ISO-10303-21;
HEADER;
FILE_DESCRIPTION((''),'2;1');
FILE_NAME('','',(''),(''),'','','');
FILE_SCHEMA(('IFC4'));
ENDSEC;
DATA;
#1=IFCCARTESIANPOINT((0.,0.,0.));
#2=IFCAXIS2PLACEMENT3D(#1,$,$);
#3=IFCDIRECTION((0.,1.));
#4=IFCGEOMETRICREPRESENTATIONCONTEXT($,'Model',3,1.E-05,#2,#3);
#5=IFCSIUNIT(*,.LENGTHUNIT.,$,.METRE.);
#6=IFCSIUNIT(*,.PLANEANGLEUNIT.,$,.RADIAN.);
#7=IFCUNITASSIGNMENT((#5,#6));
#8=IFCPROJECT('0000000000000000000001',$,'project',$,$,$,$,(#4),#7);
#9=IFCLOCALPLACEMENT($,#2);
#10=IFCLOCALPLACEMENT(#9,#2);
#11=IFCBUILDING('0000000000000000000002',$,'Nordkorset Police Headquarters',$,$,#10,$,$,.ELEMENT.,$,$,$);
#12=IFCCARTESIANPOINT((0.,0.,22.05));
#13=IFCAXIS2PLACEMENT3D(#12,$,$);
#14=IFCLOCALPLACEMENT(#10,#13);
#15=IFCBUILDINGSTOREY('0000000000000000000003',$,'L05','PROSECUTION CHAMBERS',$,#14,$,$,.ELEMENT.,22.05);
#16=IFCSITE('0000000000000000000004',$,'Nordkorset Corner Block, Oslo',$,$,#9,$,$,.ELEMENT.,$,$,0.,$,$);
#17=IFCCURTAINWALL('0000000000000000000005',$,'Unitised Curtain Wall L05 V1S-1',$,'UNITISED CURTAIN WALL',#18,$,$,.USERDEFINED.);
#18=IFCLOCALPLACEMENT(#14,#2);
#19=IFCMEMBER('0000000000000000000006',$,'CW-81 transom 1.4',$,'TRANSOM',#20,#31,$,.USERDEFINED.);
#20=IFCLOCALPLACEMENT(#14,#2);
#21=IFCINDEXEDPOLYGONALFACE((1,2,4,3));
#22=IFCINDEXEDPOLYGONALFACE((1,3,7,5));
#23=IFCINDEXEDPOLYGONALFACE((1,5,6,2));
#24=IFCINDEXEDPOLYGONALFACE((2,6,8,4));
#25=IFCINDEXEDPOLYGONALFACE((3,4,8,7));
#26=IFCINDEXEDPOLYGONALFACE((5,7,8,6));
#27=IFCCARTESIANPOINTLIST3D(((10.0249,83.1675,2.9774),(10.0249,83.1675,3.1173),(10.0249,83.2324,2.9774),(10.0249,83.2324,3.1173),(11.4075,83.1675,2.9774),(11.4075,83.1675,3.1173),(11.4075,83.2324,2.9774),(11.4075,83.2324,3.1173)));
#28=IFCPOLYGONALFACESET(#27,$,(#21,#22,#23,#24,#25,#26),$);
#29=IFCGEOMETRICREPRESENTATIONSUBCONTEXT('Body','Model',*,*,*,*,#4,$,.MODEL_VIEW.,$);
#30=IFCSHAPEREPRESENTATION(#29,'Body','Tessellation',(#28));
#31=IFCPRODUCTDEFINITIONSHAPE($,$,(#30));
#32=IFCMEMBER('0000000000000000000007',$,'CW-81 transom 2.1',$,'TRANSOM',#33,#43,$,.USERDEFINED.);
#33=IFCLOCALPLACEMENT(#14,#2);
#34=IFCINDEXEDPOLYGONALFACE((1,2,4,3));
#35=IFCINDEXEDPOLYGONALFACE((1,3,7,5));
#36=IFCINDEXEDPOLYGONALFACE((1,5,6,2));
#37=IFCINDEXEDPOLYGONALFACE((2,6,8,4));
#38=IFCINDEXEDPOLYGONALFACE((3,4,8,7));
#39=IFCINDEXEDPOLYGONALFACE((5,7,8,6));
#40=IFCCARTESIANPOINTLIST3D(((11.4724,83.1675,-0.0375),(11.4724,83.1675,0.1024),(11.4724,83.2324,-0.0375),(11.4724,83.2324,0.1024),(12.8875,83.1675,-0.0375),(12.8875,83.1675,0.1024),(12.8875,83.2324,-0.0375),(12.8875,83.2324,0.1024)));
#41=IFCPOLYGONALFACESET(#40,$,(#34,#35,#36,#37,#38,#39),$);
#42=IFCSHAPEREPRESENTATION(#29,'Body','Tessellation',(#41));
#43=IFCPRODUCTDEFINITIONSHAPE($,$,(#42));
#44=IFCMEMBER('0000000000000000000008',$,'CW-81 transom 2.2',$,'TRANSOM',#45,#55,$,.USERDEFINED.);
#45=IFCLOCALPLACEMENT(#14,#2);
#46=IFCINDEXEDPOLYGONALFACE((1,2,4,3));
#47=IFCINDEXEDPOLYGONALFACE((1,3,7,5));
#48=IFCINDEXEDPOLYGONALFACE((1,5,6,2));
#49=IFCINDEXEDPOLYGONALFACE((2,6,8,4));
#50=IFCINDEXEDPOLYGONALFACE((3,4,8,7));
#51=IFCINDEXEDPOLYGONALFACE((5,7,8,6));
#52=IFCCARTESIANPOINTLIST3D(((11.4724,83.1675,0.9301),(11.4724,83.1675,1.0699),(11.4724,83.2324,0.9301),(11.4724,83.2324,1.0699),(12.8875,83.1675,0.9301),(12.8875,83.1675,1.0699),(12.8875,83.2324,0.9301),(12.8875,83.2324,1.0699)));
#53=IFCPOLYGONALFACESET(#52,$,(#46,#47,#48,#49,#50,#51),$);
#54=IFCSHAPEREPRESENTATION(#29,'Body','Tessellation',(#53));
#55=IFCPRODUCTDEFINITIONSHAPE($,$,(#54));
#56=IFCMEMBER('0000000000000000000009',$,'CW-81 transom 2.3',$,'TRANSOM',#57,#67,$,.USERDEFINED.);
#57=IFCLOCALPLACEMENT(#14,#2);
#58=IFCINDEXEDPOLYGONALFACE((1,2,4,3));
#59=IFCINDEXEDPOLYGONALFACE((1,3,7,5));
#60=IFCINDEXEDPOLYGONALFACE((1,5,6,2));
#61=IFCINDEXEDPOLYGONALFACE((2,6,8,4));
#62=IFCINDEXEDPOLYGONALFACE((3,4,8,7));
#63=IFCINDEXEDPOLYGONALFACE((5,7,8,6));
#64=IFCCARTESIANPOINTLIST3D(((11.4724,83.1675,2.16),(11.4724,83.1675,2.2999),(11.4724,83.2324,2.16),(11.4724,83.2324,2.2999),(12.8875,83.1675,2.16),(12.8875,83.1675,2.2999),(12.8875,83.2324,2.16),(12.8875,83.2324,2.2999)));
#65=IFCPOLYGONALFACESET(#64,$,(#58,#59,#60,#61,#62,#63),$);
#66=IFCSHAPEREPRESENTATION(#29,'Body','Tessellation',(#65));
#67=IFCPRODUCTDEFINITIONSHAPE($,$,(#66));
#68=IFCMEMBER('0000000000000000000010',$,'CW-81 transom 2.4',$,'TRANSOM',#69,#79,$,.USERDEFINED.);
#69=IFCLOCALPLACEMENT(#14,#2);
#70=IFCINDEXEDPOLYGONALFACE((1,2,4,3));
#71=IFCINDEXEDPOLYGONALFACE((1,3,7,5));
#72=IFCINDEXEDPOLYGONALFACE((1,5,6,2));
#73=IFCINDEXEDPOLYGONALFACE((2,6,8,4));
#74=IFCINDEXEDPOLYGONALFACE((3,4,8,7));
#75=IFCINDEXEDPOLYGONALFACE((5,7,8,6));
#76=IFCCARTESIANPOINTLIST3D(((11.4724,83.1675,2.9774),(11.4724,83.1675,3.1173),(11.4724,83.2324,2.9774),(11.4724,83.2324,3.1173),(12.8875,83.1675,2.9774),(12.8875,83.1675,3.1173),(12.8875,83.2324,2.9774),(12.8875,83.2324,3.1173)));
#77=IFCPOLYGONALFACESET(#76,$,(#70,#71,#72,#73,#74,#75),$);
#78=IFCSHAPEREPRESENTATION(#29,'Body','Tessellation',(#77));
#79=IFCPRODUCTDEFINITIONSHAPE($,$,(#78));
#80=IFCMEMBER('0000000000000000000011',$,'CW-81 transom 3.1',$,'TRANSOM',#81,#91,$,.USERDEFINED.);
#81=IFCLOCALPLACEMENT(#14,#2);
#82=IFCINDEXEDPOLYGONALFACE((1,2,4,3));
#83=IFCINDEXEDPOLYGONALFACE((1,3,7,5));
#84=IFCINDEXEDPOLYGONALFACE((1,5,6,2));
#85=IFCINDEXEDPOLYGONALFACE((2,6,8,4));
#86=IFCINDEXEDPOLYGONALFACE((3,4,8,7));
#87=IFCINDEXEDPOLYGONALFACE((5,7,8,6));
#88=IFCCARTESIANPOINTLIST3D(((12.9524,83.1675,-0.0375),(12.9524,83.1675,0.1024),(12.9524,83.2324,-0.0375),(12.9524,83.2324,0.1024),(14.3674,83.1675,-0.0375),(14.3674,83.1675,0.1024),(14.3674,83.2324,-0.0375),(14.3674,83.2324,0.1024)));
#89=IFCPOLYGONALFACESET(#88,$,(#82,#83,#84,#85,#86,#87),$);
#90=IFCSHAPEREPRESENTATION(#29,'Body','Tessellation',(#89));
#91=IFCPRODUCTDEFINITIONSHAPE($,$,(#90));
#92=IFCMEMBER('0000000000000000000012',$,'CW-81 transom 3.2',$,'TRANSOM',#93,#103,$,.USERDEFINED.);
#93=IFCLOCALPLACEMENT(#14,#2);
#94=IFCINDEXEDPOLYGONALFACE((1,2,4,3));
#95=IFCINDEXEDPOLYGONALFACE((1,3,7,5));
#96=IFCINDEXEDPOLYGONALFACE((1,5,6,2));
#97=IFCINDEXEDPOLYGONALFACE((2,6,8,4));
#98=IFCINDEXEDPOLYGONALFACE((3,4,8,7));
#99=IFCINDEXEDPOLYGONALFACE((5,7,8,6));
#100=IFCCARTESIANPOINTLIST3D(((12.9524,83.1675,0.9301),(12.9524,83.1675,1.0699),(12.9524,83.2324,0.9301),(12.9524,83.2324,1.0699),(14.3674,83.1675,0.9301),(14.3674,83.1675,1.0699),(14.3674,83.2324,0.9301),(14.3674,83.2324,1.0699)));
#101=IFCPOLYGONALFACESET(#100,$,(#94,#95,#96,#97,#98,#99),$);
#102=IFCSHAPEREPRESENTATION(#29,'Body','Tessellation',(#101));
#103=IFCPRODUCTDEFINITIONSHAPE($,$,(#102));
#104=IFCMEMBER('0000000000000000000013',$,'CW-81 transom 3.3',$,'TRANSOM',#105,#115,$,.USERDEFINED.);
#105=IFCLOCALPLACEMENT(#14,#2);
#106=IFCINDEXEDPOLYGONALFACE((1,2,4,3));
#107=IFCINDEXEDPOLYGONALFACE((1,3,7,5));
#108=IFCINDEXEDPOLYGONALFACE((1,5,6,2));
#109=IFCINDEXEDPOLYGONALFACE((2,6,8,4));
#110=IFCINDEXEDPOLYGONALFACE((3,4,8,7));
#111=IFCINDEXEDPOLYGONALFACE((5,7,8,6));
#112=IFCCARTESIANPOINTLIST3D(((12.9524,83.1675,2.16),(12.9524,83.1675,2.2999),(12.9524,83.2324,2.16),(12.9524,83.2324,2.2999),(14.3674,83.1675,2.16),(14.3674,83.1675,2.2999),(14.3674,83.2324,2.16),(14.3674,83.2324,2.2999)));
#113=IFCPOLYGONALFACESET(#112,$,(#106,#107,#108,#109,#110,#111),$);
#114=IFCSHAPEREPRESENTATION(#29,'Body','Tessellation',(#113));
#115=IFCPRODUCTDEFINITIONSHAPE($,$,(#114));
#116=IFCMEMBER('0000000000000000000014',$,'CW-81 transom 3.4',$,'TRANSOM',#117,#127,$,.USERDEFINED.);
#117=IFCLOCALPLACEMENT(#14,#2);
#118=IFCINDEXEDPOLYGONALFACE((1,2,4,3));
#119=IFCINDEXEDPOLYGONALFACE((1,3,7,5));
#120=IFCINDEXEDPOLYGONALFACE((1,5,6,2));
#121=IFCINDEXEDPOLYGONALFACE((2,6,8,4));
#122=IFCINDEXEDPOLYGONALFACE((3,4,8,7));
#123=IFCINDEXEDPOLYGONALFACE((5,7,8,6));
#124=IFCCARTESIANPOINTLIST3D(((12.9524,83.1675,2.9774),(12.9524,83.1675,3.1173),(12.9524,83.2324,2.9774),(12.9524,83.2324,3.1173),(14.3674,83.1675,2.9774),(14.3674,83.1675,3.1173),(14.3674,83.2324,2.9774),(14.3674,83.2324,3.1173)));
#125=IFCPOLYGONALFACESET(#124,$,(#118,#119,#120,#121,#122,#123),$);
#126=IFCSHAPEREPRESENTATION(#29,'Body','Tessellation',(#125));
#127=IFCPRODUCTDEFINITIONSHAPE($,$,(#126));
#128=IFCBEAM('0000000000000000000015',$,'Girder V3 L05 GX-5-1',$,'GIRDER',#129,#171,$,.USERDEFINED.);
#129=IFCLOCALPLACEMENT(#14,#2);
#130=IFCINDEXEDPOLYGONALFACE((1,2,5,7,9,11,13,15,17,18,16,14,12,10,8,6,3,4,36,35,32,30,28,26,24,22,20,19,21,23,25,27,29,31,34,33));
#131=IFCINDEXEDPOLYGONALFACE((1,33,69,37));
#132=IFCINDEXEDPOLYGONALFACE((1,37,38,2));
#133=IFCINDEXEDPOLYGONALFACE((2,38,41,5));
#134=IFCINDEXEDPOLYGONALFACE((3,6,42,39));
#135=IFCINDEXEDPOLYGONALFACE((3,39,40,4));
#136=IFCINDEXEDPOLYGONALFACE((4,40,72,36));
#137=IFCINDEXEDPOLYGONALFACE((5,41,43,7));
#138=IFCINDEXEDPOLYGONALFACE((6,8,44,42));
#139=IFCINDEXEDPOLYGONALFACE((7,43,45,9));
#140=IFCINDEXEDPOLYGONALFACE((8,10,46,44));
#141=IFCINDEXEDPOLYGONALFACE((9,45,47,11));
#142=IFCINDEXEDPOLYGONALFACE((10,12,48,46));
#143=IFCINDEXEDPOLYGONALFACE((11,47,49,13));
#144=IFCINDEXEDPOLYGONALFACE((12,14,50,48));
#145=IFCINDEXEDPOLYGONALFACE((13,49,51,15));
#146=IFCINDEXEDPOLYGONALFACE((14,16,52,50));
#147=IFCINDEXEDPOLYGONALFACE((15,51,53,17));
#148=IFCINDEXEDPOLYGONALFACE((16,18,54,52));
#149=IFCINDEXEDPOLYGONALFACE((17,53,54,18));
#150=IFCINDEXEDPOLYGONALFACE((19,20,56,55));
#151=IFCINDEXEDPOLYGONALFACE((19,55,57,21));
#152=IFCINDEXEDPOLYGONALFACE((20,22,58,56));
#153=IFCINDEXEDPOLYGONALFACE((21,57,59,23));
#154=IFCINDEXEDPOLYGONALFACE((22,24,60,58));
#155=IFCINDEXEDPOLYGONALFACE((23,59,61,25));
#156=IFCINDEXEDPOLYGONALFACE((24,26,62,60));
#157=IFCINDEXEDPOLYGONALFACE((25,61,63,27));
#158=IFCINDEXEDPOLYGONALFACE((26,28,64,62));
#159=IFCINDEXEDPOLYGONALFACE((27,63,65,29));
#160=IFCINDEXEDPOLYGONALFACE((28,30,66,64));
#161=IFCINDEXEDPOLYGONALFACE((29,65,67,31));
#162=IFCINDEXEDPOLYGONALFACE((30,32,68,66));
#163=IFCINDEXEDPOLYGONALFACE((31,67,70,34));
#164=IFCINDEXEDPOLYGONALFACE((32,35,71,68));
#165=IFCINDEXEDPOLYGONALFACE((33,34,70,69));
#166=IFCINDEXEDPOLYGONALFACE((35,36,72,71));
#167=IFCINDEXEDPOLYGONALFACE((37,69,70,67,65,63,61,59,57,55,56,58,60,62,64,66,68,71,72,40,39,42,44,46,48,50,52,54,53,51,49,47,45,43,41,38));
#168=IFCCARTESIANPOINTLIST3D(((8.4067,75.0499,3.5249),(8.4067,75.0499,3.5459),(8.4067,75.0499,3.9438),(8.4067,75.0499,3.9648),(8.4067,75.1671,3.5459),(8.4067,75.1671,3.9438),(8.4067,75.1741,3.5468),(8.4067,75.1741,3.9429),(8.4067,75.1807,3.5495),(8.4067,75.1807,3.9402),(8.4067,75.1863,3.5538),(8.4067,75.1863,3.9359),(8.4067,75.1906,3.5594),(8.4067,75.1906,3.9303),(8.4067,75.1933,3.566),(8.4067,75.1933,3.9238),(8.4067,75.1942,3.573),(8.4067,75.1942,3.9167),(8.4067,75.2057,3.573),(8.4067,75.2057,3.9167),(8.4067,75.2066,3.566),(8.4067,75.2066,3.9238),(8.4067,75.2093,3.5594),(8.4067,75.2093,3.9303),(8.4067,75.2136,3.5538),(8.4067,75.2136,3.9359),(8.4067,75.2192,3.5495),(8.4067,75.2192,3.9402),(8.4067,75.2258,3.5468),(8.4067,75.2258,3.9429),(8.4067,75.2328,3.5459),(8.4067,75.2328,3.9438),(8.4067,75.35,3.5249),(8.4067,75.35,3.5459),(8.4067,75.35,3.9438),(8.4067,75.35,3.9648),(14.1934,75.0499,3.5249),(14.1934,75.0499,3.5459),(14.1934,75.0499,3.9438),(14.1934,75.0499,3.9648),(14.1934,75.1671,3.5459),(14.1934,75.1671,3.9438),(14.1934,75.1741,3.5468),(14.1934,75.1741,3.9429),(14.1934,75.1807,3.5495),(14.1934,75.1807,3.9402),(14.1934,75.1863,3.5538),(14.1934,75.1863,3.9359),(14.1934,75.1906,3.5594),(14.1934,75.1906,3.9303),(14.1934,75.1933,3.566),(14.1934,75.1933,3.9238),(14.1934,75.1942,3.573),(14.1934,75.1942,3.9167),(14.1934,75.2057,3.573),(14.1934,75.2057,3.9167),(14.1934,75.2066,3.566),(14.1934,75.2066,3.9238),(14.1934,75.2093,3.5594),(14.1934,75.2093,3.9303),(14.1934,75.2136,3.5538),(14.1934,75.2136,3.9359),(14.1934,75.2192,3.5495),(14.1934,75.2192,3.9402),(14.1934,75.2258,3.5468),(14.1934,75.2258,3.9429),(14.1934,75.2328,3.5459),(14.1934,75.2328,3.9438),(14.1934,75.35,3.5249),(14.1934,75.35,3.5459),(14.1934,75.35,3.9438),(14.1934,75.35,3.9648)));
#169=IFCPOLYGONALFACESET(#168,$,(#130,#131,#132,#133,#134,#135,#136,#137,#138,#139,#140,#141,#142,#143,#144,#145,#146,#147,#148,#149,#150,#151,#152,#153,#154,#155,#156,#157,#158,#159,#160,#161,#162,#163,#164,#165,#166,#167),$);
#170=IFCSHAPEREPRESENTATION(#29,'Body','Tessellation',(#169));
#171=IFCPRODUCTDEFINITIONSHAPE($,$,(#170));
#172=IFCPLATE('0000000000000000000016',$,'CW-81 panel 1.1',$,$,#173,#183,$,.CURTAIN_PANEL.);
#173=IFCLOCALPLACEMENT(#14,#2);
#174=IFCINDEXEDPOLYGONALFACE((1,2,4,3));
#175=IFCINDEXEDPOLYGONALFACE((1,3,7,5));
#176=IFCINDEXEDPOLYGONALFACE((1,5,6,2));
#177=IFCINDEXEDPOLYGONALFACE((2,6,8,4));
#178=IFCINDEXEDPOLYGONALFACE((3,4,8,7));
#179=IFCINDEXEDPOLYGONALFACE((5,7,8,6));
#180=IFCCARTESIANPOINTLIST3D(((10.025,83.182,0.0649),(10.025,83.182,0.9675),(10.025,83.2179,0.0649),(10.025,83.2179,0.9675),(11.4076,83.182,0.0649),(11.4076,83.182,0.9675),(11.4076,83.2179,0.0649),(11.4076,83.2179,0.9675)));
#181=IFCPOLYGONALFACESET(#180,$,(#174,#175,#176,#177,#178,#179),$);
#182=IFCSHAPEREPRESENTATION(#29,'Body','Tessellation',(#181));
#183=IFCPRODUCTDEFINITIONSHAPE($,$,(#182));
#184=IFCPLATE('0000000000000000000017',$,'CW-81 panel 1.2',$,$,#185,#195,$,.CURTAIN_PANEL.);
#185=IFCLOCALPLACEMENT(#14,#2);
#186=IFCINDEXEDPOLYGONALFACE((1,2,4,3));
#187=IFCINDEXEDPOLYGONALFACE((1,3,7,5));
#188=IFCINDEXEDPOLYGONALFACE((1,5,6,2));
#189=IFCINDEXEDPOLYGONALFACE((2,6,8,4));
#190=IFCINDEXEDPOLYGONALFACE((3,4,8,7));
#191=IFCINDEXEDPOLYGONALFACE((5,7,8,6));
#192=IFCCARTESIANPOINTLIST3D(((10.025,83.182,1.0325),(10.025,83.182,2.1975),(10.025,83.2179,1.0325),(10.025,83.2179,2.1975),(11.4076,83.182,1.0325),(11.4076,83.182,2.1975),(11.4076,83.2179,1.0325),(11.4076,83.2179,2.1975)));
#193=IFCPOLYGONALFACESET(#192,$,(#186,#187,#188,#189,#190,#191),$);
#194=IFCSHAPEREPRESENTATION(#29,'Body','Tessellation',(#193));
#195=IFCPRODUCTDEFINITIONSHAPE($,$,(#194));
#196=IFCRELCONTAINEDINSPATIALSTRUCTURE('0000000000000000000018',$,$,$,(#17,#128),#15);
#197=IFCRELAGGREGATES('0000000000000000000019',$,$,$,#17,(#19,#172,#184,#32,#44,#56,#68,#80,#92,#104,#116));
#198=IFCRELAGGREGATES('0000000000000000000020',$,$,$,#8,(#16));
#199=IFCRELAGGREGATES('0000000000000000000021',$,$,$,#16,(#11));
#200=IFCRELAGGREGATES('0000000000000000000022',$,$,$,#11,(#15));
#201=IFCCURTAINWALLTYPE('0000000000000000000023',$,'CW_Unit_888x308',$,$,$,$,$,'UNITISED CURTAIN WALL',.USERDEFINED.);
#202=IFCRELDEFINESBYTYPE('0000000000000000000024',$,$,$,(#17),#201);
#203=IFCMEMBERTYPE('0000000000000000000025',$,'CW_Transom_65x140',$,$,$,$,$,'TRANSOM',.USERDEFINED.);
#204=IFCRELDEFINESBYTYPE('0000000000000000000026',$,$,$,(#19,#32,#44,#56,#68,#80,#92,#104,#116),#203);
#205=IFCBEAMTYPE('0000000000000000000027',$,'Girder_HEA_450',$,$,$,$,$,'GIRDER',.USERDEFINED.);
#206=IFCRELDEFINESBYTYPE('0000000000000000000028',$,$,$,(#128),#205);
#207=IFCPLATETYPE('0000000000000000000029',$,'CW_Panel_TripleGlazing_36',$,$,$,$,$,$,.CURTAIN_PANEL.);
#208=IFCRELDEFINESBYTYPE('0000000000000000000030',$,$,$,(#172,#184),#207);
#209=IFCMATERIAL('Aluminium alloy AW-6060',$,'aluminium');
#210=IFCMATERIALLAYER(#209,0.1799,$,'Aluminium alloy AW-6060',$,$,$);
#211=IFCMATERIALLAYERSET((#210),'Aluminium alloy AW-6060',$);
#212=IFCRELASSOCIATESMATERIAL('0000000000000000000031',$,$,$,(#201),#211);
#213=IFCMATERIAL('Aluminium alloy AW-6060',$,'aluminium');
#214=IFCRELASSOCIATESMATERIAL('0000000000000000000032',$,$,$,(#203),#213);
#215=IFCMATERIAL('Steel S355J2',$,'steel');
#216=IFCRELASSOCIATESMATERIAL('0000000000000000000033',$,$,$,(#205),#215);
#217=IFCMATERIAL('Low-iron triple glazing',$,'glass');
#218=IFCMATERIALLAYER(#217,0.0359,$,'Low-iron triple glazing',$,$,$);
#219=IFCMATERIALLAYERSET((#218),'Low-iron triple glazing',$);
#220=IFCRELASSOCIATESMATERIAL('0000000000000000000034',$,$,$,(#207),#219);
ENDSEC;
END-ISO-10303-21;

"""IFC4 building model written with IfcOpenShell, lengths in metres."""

from ifc_helpers import new_model, si_unit, direction, frame, origin, origin_2d, place, context, subcontext, project, spatial, rectangle, i_section, extrude, material, layer, layer_set, material_profile, profile_set, type_object, element, aggregate, save


model = new_model("IFC4")

# Units and contexts
model_context = context("Model", 3, precision=1e-05, world=origin(), true_north=direction((0.0, 1.0)))
body_context = subcontext(model_context, "Body", "Model", "MODEL_VIEW")
ifc_project = project(units=[si_unit("LENGTHUNIT", "METRE"), si_unit("PLANEANGLEUNIT", "RADIAN")], contexts=[model_context])

# Site, building, storey
site_placement = place(None, origin())
site = spatial("IfcSite", under=ifc_project, at=site_placement, Name="Nordkorset Corner Block, Oslo", CompositionType="ELEMENT", RefElevation=0.0)
building_placement = place(site_placement, origin())
building = spatial("IfcBuilding", under=site, at=building_placement, Name="Nordkorset Police Headquarters", CompositionType="ELEMENT")
storey_placement = place(building_placement, frame((0.0, 0.0, 22.05)))
storey = spatial("IfcBuildingStorey", under=building, at=storey_placement, Name="L05", Description="PROSECUTION CHAMBERS", CompositionType="ELEMENT", Elevation=22.05)

# Curtain wall
ifc_material_1 = material(Name="Aluminium alloy AW-6060", Category="aluminium")
ifc_layer_1 = layer(ifc_material_1, 0.1799, Name="Aluminium alloy AW-6060")
ifc_layer_set_1 = layer_set([ifc_layer_1], Name="Aluminium alloy AW-6060")
curtain_wall_type_1 = type_object("IfcCurtainWallType", Name="CW_Unit_888x308", ElementType="UNITISED CURTAIN WALL", PredefinedType="USERDEFINED", material=ifc_layer_set_1)
curtain_wall_1_placement = place(storey_placement, origin())
curtain_wall_1 = element("IfcCurtainWall", 1, at=curtain_wall_1_placement, inside=storey, type_object=curtain_wall_type_1, Name="Unitised Curtain Wall L05 V1S-1", ObjectType="UNITISED CURTAIN WALL", PredefinedType="USERDEFINED")

# Members
ifc_material_2 = material(Name="Aluminium alloy AW-6060", Category="aluminium")
ifc_material_profile_1 = material_profile(ifc_material_2, rectangle(XDim=0.0649, YDim=0.1399, at=origin_2d()), Name="ALU TRAN 65x140")
ifc_profile_set_1 = profile_set([ifc_material_profile_1], Name="Aluminium alloy AW-6060")
member_type_1 = type_object("IfcMemberType", Name="CW_Transom_65x140", ElementType="TRANSOM", PredefinedType="USERDEFINED", material=ifc_profile_set_1)
member_1_placement = place(storey_placement, frame((10.0249, 83.2, 3.0474), z_axis=(1.0, 0.0, 0.0), x_axis=(0.0, 1.0, 0.0)))
member_1 = element("IfcMember", 2, at=member_1_placement, type_object=member_type_1, Name="CW-81 transom 1.4", ObjectType="TRANSOM", PredefinedType="USERDEFINED", context=body_context, shape_type="SweptSolid", body=[
    extrude(rectangle(XDim=0.0649, YDim=0.1399, at=origin_2d()), origin(), (0.0, 0.0, 1.0), 1.3826),
])
member_2_placement = place(storey_placement, frame((11.4724, 83.2, 0.0325), z_axis=(1.0, 0.0, 0.0), x_axis=(0.0, 1.0, 0.0)))
member_2 = element("IfcMember", 3, at=member_2_placement, type_object=member_type_1, Name="CW-81 transom 2.1", ObjectType="TRANSOM", PredefinedType="USERDEFINED", context=body_context, shape_type="SweptSolid", body=[
    extrude(rectangle(XDim=0.0649, YDim=0.1399, at=origin_2d()), origin(), (0.0, 0.0, 1.0), 1.415),
])
member_3_placement = place(storey_placement, frame((11.4724, 83.2, 1.0), z_axis=(1.0, 0.0, 0.0), x_axis=(0.0, 1.0, 0.0)))
member_3 = element("IfcMember", 4, at=member_3_placement, type_object=member_type_1, Name="CW-81 transom 2.2", ObjectType="TRANSOM", PredefinedType="USERDEFINED", context=body_context, shape_type="SweptSolid", body=[
    extrude(rectangle(XDim=0.0649, YDim=0.1399, at=origin_2d()), origin(), (0.0, 0.0, 1.0), 1.415),
])
member_4_placement = place(storey_placement, frame((11.4724, 83.2, 2.23), z_axis=(1.0, 0.0, 0.0), x_axis=(0.0, 1.0, 0.0)))
member_4 = element("IfcMember", 5, at=member_4_placement, type_object=member_type_1, Name="CW-81 transom 2.3", ObjectType="TRANSOM", PredefinedType="USERDEFINED", context=body_context, shape_type="SweptSolid", body=[
    extrude(rectangle(XDim=0.0649, YDim=0.1399, at=origin_2d()), origin(), (0.0, 0.0, 1.0), 1.415),
])
member_5_placement = place(storey_placement, frame((11.4724, 83.2, 3.0474), z_axis=(1.0, 0.0, 0.0), x_axis=(0.0, 1.0, 0.0)))
member_5 = element("IfcMember", 6, at=member_5_placement, type_object=member_type_1, Name="CW-81 transom 2.4", ObjectType="TRANSOM", PredefinedType="USERDEFINED", context=body_context, shape_type="SweptSolid", body=[
    extrude(rectangle(XDim=0.0649, YDim=0.1399, at=origin_2d()), origin(), (0.0, 0.0, 1.0), 1.415),
])
member_6_placement = place(storey_placement, frame((12.9524, 83.2, 0.0325), z_axis=(1.0, 0.0, 0.0), x_axis=(0.0, 1.0, 0.0)))
member_6 = element("IfcMember", 7, at=member_6_placement, type_object=member_type_1, Name="CW-81 transom 3.1", ObjectType="TRANSOM", PredefinedType="USERDEFINED", context=body_context, shape_type="SweptSolid", body=[
    extrude(rectangle(XDim=0.0649, YDim=0.1399, at=origin_2d()), origin(), (0.0, 0.0, 1.0), 1.415),
])
member_7_placement = place(storey_placement, frame((12.9524, 83.2, 1.0), z_axis=(1.0, 0.0, 0.0), x_axis=(0.0, 1.0, 0.0)))
member_7 = element("IfcMember", 8, at=member_7_placement, type_object=member_type_1, Name="CW-81 transom 3.2", ObjectType="TRANSOM", PredefinedType="USERDEFINED", context=body_context, shape_type="SweptSolid", body=[
    extrude(rectangle(XDim=0.0649, YDim=0.1399, at=origin_2d()), origin(), (0.0, 0.0, 1.0), 1.415),
])
member_8_placement = place(storey_placement, frame((12.9524, 83.2, 2.23), z_axis=(1.0, 0.0, 0.0), x_axis=(0.0, 1.0, 0.0)))
member_8 = element("IfcMember", 9, at=member_8_placement, type_object=member_type_1, Name="CW-81 transom 3.3", ObjectType="TRANSOM", PredefinedType="USERDEFINED", context=body_context, shape_type="SweptSolid", body=[
    extrude(rectangle(XDim=0.0649, YDim=0.1399, at=origin_2d()), origin(), (0.0, 0.0, 1.0), 1.415),
])
member_9_placement = place(storey_placement, frame((12.9524, 83.2, 3.0474), z_axis=(1.0, 0.0, 0.0), x_axis=(0.0, 1.0, 0.0)))
member_9 = element("IfcMember", 10, at=member_9_placement, type_object=member_type_1, Name="CW-81 transom 3.4", ObjectType="TRANSOM", PredefinedType="USERDEFINED", context=body_context, shape_type="SweptSolid", body=[
    extrude(rectangle(XDim=0.0649, YDim=0.1399, at=origin_2d()), origin(), (0.0, 0.0, 1.0), 1.415),
])

# Beam
ifc_material_3 = material(Name="Steel S355J2", Category="steel")
ifc_material_profile_2 = material_profile(ifc_material_3, i_section(OverallWidth=0.3, OverallDepth=0.4399, WebThickness=0.0115, FlangeThickness=0.021, FilletRadius=0.0271, at=origin_2d()), Name="HEA 450")
ifc_profile_set_2 = profile_set([ifc_material_profile_2], Name="Steel S355J2")
beam_type = type_object("IfcBeamType", Name="Girder_HEA_450", ElementType="GIRDER", PredefinedType="USERDEFINED", material=ifc_profile_set_2)
beam_placement = place(storey_placement, frame((8.4067, 75.2, 3.7449), z_axis=(1.0, 0.0, 0.0), x_axis=(0.0, 1.0, 0.0)))
element("IfcBeam", 11, at=beam_placement, inside=storey, type_object=beam_type, Name="Girder V3 L05 GX-5-1", ObjectType="GIRDER", PredefinedType="USERDEFINED", context=body_context, shape_type="SweptSolid", body=[
    extrude(i_section(OverallWidth=0.3, OverallDepth=0.4399, WebThickness=0.0115, FlangeThickness=0.021, FilletRadius=0.0271, at=origin_2d()), origin(), (0.0, 0.0, 1.0), 5.7866),
])

# Plates
ifc_material_4 = material(Name="Low-iron triple glazing", Category="glass")
ifc_layer_2 = layer(ifc_material_4, 0.0359, Name="Low-iron triple glazing")
ifc_layer_set_2 = layer_set([ifc_layer_2], Name="Low-iron triple glazing")
plate_type = type_object("IfcPlateType", Name="CW_Panel_TripleGlazing_36", PredefinedType="CURTAIN_PANEL", material=ifc_layer_set_2)
plate_1_placement = place(storey_placement, frame((10.7163, 83.2, 0.0649), z_axis=(0.0, 0.0, 1.0), x_axis=(1.0, 0.0, 0.0)))
plate_1 = element("IfcPlate", 12, at=plate_1_placement, type_object=plate_type, Name="CW-81 panel 1.1", PredefinedType="CURTAIN_PANEL", context=body_context, shape_type="SweptSolid", body=[
    extrude(rectangle(XDim=1.3826, YDim=0.0359, at=origin_2d()), origin(), (0.0, 0.0, 1.0), 0.9026),
])
plate_2_placement = place(storey_placement, frame((10.7163, 83.2, 1.0325), z_axis=(0.0, 0.0, 1.0), x_axis=(1.0, 0.0, 0.0)))
plate_2 = element("IfcPlate", 13, at=plate_2_placement, type_object=plate_type, Name="CW-81 panel 1.2", PredefinedType="CURTAIN_PANEL", context=body_context, shape_type="SweptSolid", body=[
    extrude(rectangle(XDim=1.3826, YDim=0.0359, at=origin_2d()), origin(), (0.0, 0.0, 1.0), 1.165),
])
aggregate(curtain_wall_1, [member_1, plate_1, plate_2, member_2, member_3, member_4, member_5, member_6, member_7, member_8, member_9])

save(model, "model.ifc")
